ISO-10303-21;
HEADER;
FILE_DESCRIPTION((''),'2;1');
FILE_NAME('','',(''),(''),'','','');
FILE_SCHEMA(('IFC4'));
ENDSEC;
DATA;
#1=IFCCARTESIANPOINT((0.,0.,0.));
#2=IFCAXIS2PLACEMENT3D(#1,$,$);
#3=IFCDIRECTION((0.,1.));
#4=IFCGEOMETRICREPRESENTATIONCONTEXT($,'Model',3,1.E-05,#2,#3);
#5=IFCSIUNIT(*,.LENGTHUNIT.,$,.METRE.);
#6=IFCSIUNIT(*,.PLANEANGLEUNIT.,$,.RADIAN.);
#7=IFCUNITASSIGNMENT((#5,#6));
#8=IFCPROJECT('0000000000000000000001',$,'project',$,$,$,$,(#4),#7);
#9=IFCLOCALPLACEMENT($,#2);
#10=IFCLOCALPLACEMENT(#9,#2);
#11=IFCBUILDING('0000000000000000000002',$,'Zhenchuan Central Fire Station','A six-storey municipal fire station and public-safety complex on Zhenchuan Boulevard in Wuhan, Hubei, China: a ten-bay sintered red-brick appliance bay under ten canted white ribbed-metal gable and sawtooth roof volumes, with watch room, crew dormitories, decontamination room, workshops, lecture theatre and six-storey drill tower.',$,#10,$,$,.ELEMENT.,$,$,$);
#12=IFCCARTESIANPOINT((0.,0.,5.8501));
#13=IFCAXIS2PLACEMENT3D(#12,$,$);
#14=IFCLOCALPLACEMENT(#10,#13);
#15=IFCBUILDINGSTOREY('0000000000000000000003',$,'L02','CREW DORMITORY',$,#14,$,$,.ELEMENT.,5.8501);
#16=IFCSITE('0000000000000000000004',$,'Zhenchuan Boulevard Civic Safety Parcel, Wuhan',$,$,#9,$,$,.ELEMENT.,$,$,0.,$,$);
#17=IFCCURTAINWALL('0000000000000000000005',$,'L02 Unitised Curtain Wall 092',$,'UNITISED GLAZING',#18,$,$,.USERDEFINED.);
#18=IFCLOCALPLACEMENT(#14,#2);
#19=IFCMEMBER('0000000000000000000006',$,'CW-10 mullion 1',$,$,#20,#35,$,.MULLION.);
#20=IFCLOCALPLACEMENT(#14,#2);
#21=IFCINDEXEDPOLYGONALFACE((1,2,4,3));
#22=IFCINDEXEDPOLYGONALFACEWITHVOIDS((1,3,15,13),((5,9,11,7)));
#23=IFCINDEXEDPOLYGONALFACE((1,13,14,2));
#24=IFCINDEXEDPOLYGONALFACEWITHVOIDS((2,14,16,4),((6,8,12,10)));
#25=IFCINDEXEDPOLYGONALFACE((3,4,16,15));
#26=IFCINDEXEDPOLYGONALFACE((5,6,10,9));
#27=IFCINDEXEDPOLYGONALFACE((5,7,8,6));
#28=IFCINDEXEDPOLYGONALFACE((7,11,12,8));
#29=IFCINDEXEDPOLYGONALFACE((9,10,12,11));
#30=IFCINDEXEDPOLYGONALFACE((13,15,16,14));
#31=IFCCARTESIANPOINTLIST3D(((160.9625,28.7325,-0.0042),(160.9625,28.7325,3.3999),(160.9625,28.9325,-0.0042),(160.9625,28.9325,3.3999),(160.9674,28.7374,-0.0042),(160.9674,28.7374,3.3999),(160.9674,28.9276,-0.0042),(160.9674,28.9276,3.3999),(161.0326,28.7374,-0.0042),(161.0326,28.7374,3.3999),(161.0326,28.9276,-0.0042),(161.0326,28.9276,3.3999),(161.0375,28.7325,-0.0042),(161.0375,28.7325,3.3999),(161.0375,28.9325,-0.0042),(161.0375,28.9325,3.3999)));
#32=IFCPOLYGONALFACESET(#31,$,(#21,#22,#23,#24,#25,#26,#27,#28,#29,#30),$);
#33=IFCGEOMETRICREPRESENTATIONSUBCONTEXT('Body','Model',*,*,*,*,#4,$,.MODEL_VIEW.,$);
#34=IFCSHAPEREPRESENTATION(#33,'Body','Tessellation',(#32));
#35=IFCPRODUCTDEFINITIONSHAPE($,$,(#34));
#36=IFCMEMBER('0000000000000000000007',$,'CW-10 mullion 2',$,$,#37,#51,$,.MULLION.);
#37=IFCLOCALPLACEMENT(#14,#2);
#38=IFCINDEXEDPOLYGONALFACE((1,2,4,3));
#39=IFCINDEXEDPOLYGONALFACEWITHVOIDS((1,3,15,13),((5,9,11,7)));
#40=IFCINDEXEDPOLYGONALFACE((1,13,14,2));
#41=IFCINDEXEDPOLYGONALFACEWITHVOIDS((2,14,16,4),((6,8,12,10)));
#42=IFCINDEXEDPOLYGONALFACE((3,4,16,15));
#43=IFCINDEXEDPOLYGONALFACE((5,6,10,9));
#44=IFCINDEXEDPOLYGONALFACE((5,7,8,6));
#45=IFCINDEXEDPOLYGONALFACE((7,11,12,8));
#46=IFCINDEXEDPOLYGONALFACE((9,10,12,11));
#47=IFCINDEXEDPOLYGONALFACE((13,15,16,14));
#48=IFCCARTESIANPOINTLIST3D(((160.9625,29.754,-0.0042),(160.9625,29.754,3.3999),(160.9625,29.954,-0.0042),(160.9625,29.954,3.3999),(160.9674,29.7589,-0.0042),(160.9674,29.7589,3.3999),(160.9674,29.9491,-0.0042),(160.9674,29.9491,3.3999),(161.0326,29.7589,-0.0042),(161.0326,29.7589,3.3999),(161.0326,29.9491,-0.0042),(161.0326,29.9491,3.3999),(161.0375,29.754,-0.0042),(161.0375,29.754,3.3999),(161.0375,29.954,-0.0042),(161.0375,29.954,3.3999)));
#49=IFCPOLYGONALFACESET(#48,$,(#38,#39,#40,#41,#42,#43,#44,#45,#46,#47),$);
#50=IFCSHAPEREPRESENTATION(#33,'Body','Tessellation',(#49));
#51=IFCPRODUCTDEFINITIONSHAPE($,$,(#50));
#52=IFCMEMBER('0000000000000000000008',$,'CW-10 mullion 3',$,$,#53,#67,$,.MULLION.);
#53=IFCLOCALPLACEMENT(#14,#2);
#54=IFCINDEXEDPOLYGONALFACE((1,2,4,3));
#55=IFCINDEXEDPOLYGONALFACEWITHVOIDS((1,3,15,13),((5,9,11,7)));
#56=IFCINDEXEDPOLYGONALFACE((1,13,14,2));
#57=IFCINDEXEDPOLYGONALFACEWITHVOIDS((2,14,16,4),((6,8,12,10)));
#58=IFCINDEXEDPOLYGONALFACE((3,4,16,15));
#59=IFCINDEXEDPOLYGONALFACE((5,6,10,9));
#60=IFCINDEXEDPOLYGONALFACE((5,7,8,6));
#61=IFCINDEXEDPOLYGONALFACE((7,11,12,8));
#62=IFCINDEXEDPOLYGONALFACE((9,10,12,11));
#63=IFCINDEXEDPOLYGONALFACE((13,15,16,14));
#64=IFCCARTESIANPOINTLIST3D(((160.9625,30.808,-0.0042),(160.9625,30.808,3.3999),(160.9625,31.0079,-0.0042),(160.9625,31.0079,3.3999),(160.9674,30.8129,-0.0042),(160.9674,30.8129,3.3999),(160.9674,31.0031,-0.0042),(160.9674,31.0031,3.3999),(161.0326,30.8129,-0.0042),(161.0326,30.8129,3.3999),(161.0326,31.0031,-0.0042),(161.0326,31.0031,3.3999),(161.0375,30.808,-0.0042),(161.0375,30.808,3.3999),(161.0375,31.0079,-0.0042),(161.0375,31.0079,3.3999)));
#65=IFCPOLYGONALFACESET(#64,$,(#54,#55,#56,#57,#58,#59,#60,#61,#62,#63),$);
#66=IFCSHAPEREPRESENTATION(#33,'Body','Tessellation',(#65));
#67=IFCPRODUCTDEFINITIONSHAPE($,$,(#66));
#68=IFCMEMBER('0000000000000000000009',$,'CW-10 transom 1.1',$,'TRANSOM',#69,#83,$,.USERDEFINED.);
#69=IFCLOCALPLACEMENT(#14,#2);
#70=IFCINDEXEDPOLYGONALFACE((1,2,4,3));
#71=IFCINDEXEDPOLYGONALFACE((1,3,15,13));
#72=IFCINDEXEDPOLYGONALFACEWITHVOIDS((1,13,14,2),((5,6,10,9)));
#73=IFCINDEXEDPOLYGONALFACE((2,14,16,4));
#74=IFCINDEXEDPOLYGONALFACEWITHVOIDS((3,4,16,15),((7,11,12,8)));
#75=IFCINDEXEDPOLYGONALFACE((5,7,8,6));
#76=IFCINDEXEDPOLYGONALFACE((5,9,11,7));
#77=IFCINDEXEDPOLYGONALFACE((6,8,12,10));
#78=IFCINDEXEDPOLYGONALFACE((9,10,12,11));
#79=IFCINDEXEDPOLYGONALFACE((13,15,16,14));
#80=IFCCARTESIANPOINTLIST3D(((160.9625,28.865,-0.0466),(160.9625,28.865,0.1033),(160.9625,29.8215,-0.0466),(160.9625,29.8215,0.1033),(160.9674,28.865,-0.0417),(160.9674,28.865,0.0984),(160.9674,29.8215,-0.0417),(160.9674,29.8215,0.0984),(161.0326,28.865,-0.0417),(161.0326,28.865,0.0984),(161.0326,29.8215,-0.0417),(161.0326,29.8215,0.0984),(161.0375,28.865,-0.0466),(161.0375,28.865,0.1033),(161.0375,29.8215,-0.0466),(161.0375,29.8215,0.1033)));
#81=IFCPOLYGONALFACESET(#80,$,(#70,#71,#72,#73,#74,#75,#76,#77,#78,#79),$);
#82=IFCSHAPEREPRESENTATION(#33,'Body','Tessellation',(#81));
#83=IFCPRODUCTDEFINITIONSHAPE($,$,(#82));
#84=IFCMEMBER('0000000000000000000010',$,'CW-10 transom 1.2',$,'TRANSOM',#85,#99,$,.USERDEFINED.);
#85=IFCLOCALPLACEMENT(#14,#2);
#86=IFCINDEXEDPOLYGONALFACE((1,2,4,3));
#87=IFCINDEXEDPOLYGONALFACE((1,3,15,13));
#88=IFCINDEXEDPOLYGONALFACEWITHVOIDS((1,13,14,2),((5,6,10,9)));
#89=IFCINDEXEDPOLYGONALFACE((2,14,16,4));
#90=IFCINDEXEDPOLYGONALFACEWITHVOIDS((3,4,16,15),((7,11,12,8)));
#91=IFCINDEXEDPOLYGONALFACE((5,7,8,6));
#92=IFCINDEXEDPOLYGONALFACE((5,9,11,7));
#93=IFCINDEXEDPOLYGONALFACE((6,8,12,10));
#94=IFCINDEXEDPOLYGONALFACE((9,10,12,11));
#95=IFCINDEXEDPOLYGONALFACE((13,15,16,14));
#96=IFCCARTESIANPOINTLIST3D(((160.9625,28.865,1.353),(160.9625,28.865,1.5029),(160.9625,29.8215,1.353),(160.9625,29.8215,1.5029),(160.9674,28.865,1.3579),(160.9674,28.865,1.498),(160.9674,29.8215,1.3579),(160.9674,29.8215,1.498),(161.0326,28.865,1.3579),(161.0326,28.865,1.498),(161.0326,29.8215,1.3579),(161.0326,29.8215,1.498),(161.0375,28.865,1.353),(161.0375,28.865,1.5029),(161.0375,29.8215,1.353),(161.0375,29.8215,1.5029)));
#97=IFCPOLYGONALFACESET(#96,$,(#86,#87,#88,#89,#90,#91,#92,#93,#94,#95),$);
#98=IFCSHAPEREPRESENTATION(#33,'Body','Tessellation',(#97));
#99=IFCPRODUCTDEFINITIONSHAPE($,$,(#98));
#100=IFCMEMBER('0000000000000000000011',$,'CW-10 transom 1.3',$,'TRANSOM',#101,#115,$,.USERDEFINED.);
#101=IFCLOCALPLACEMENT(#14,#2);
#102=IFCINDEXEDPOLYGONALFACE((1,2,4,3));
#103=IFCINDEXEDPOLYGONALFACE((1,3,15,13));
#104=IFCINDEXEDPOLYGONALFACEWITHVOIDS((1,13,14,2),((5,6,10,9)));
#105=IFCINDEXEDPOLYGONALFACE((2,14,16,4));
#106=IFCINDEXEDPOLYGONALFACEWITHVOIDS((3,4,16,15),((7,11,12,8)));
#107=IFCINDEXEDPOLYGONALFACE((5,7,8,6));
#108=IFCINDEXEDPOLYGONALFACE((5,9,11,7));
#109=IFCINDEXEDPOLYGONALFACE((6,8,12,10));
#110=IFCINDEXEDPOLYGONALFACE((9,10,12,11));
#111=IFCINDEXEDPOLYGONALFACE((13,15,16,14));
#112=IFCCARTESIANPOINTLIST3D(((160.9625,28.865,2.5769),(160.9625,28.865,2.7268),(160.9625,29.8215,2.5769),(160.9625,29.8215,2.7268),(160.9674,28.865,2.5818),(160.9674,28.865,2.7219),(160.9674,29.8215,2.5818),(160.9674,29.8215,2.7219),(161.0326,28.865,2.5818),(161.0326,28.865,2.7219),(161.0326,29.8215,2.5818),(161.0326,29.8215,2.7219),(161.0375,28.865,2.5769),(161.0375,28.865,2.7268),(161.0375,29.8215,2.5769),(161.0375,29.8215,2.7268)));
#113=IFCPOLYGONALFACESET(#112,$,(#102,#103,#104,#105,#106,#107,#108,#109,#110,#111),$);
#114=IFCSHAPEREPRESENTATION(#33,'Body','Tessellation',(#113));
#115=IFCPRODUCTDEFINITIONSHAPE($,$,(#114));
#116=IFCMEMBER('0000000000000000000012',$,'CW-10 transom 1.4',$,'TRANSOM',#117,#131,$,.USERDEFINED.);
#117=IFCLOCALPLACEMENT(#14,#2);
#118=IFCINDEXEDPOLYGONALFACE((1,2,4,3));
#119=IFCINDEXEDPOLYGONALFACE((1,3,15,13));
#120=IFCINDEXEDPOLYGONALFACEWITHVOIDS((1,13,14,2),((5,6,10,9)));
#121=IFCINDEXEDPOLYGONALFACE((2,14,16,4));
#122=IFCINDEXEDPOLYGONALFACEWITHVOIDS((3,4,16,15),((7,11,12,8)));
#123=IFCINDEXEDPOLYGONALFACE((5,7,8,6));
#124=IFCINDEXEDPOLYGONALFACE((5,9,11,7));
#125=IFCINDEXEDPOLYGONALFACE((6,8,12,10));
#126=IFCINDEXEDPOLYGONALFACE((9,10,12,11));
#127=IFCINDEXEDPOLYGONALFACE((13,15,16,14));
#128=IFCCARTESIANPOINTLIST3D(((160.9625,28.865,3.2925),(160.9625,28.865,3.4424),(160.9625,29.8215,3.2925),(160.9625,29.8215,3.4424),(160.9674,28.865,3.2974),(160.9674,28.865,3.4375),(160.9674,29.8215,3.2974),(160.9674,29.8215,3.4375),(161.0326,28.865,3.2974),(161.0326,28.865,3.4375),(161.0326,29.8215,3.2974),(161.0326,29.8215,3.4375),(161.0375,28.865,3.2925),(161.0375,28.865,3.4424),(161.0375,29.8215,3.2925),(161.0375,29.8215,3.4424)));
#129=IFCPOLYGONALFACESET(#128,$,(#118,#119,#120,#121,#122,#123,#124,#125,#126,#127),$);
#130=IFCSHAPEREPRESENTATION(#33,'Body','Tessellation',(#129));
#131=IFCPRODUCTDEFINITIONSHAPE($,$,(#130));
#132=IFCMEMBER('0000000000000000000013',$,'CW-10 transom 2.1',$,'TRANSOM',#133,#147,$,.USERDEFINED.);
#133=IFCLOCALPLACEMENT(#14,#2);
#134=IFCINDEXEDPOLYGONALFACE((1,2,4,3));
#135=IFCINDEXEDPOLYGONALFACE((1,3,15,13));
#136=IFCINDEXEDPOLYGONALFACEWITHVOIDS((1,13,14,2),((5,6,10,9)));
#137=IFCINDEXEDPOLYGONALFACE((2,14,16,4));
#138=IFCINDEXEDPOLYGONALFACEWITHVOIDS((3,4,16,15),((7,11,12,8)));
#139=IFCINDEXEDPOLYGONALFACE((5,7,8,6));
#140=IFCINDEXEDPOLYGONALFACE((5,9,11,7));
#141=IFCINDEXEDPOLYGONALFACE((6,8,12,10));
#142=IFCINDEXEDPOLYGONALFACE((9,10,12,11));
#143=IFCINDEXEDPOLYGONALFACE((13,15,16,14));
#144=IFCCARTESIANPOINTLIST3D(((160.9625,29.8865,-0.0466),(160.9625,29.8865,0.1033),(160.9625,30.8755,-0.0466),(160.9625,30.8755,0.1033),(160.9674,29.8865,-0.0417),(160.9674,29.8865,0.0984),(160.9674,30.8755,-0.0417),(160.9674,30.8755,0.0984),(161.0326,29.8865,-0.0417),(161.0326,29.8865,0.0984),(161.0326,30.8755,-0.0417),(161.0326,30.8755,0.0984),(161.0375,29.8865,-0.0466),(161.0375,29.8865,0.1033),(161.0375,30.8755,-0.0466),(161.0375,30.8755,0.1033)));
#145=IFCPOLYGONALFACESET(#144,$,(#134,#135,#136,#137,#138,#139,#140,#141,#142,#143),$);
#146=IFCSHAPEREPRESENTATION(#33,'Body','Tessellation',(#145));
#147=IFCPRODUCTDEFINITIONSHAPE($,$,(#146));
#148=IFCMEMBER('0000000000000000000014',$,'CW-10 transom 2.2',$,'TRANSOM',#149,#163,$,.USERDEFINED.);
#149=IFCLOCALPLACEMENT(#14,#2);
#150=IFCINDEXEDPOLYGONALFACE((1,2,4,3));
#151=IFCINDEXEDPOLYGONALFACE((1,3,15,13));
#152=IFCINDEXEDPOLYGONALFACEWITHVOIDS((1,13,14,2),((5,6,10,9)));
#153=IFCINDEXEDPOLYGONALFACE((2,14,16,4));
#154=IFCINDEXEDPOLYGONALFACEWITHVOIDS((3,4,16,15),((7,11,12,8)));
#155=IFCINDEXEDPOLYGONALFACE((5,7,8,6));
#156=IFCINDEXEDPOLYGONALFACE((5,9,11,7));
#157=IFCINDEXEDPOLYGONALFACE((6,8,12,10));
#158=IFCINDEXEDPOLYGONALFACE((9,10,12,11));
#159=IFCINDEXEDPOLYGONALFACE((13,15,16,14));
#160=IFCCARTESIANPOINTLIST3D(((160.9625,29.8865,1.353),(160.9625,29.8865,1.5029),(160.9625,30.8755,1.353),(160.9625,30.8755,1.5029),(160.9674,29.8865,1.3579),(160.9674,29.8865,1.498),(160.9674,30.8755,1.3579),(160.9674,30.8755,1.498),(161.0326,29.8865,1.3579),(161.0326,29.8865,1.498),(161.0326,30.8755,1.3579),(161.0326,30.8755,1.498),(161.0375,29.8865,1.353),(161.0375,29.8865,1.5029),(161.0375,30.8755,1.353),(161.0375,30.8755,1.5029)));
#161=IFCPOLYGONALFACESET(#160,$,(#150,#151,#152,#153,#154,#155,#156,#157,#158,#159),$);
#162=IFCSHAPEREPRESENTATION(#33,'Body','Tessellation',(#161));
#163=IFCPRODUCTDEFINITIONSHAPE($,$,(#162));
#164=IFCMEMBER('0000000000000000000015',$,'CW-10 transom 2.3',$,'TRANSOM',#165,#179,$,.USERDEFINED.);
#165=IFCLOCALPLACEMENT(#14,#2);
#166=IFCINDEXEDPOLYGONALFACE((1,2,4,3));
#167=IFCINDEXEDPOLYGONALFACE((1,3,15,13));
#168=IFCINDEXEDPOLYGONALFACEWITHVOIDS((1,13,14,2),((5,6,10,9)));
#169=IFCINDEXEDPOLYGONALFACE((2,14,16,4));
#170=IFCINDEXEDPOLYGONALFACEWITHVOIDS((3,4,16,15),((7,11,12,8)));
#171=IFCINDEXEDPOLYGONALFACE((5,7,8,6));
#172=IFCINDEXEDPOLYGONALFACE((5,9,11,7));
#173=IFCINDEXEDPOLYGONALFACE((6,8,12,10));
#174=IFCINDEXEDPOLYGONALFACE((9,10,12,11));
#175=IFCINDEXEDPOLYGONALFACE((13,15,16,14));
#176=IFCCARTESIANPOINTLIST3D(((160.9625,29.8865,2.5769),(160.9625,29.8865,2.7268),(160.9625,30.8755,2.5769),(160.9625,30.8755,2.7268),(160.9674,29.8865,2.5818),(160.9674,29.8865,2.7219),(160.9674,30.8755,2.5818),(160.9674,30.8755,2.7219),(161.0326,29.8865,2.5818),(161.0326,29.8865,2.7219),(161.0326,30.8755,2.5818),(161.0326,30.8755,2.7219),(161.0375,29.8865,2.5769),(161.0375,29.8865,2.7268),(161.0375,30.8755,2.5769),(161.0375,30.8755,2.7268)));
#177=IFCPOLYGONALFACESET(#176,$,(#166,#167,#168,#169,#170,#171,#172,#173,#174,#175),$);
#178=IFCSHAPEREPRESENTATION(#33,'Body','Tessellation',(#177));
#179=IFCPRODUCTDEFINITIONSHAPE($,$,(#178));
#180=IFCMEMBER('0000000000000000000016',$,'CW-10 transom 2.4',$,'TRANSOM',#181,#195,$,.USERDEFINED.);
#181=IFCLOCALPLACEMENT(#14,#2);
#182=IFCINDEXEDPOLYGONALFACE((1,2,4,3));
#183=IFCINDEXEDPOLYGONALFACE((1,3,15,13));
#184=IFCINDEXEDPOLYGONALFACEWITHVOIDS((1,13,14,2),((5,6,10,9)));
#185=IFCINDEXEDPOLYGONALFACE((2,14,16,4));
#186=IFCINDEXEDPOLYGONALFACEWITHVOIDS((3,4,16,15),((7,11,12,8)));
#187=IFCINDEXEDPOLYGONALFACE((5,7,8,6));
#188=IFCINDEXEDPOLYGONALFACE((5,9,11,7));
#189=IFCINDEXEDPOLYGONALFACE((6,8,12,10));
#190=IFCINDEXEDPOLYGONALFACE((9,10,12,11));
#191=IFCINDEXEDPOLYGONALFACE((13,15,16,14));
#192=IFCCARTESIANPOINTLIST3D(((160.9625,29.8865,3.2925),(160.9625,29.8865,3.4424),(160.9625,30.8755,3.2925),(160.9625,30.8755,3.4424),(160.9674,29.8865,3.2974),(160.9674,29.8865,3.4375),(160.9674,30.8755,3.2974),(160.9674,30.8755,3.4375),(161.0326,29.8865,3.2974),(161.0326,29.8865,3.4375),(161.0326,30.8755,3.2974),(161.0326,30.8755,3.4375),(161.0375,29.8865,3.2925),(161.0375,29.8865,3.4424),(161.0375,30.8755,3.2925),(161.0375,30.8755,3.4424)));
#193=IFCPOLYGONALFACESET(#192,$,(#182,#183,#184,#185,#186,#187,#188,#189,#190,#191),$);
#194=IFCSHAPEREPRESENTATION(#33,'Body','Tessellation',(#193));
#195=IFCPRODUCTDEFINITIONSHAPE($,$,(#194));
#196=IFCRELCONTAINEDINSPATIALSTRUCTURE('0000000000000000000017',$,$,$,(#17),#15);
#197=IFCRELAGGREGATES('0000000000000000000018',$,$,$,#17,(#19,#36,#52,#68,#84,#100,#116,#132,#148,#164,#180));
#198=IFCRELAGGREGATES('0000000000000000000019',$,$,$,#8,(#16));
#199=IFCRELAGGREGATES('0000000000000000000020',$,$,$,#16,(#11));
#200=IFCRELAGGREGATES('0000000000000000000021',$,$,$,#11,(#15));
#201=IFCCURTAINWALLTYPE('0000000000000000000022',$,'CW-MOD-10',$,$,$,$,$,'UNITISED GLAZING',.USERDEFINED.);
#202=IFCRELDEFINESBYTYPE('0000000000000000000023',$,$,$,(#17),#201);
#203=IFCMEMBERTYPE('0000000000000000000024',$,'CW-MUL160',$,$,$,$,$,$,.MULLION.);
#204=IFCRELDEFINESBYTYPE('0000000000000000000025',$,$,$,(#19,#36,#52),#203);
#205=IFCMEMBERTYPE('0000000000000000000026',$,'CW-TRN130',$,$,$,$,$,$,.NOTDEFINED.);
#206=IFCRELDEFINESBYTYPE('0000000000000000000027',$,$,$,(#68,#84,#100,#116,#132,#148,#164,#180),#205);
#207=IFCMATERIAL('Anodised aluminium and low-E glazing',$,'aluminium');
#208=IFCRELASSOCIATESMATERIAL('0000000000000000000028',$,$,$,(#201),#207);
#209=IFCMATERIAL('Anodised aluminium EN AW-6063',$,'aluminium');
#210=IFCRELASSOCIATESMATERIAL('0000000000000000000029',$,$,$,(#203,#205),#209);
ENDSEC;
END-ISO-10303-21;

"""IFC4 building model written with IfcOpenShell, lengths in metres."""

from ifc_helpers import new_model, si_unit, direction, frame, origin, origin_2d, place, context, subcontext, project, spatial, hollow_rectangle, extrude, material, material_profile, profile_set, type_object, element, aggregate, save


model = new_model("IFC4")

# Units and contexts
model_context = context("Model", 3, precision=1e-05, world=origin(), true_north=direction((0.0, 1.0)))
body_context = subcontext(model_context, "Body", "Model", "MODEL_VIEW")
ifc_project = project(units=[si_unit("LENGTHUNIT", "METRE"), si_unit("PLANEANGLEUNIT", "RADIAN")], contexts=[model_context])

# Site, building, storey
site_placement = place(None, origin())
site = spatial("IfcSite", under=ifc_project, at=site_placement, Name="Zhenchuan Boulevard Civic Safety Parcel, Wuhan", CompositionType="ELEMENT", RefElevation=0.0)
building_placement = place(site_placement, origin())
building = spatial("IfcBuilding", under=site, at=building_placement, Name="Zhenchuan Central Fire Station", Description="A six-storey municipal fire station and public-safety complex on Zhenchuan Boulevard in Wuhan, Hubei, China: a ten-bay sintered red-brick appliance bay under ten canted white ribbed-metal gable and sawtooth roof volumes, with watch room, crew dormitories, decontamination room, workshops, lecture theatre and six-storey drill tower.", CompositionType="ELEMENT")
storey_placement = place(building_placement, frame((0.0, 0.0, 5.8501)))
storey = spatial("IfcBuildingStorey", under=building, at=storey_placement, Name="L02", Description="CREW DORMITORY", CompositionType="ELEMENT", Elevation=5.8501)

# Curtain wall, members
ifc_material_1 = material(Name="Anodised aluminium and low-E glazing", Category="aluminium")
curtain_wall_type = type_object("IfcCurtainWallType", Name="CW-MOD-10", ElementType="UNITISED GLAZING", PredefinedType="USERDEFINED", material=ifc_material_1)
curtain_wall_placement = place(storey_placement, origin())
curtain_wall = element("IfcCurtainWall", 1, at=curtain_wall_placement, inside=storey, type_object=curtain_wall_type, Name="L02 Unitised Curtain Wall 092", ObjectType="UNITISED GLAZING", PredefinedType="USERDEFINED")
ifc_material_2 = material(Name="Anodised aluminium EN AW-6063", Category="aluminium")
ifc_material_profile_1 = material_profile(ifc_material_2, hollow_rectangle(XDim=0.075, YDim=0.2, WallThickness=0.0049, at=origin_2d()), Name="ALU-M 200x75")
ifc_profile_set_1 = profile_set([ifc_material_profile_1], Name="Anodised aluminium EN AW-6063")
member_type_1 = type_object("IfcMemberType", Name="CW-MUL160", PredefinedType="MULLION", material=ifc_profile_set_1)
member_1_placement = place(storey_placement, frame((161.0, 28.8325, -0.0042), z_axis=(0.0, 0.0, 1.0), x_axis=(-1.0, 0.0, 0.0)))
member_1 = element("IfcMember", 2, at=member_1_placement, type_object=member_type_1, Name="CW-10 mullion 1", PredefinedType="MULLION", context=body_context, shape_type="SweptSolid", body=[
    extrude(hollow_rectangle(XDim=0.075, YDim=0.2, WallThickness=0.0049, at=origin_2d()), origin(), (0.0, 0.0, 1.0), 3.4041),
])
member_2_placement = place(storey_placement, frame((161.0, 29.854, -0.0042), z_axis=(0.0, 0.0, 1.0), x_axis=(-1.0, 0.0, 0.0)))
member_2 = element("IfcMember", 3, at=member_2_placement, type_object=member_type_1, Name="CW-10 mullion 2", PredefinedType="MULLION", context=body_context, shape_type="SweptSolid", body=[
    extrude(hollow_rectangle(XDim=0.075, YDim=0.2, WallThickness=0.0049, at=origin_2d()), origin(), (0.0, 0.0, 1.0), 3.4041),
])
member_3_placement = place(storey_placement, frame((161.0, 30.908, -0.0042), z_axis=(0.0, 0.0, 1.0), x_axis=(-1.0, 0.0, 0.0)))
member_3 = element("IfcMember", 4, at=member_3_placement, type_object=member_type_1, Name="CW-10 mullion 3", PredefinedType="MULLION", context=body_context, shape_type="SweptSolid", body=[
    extrude(hollow_rectangle(XDim=0.075, YDim=0.2, WallThickness=0.0049, at=origin_2d()), origin(), (0.0, 0.0, 1.0), 3.4041),
])
ifc_material_profile_2 = material_profile(ifc_material_2, hollow_rectangle(XDim=0.075, YDim=0.1499, WallThickness=0.0049, at=origin_2d()), Name="ALU-T 150x75")
ifc_profile_set_2 = profile_set([ifc_material_profile_2], Name="Anodised aluminium EN AW-6063")
member_type_2 = type_object("IfcMemberType", Name="CW-TRN130", PredefinedType="NOTDEFINED", material=ifc_profile_set_2)
member_4_placement = place(storey_placement, frame((161.0, 28.865, 0.0283), z_axis=(0.0, 1.0, 0.0), x_axis=(-1.0, 0.0, 0.0)))
member_4 = element("IfcMember", 5, at=member_4_placement, type_object=member_type_2, Name="CW-10 transom 1.1", ObjectType="TRANSOM", PredefinedType="USERDEFINED", context=body_context, shape_type="SweptSolid", body=[
    extrude(hollow_rectangle(XDim=0.075, YDim=0.1499, WallThickness=0.0049, at=origin_2d()), origin(), (0.0, 0.0, 1.0), 0.9565),
])
member_5_placement = place(storey_placement, frame((161.0, 28.865, 1.428), z_axis=(0.0, 1.0, 0.0), x_axis=(-1.0, 0.0, 0.0)))
member_5 = element("IfcMember", 6, at=member_5_placement, type_object=member_type_2, Name="CW-10 transom 1.2", ObjectType="TRANSOM", PredefinedType="USERDEFINED", context=body_context, shape_type="SweptSolid", body=[
    extrude(hollow_rectangle(XDim=0.075, YDim=0.1499, WallThickness=0.0049, at=origin_2d()), origin(), (0.0, 0.0, 1.0), 0.9565),
])
member_6_placement = place(storey_placement, frame((161.0, 28.865, 2.6519), z_axis=(0.0, 1.0, 0.0), x_axis=(-1.0, 0.0, 0.0)))
member_6 = element("IfcMember", 7, at=member_6_placement, type_object=member_type_2, Name="CW-10 transom 1.3", ObjectType="TRANSOM", PredefinedType="USERDEFINED", context=body_context, shape_type="SweptSolid", body=[
    extrude(hollow_rectangle(XDim=0.075, YDim=0.1499, WallThickness=0.0049, at=origin_2d()), origin(), (0.0, 0.0, 1.0), 0.9565),
])
member_7_placement = place(storey_placement, frame((161.0, 28.865, 3.3674), z_axis=(0.0, 1.0, 0.0), x_axis=(-1.0, 0.0, 0.0)))
member_7 = element("IfcMember", 8, at=member_7_placement, type_object=member_type_2, Name="CW-10 transom 1.4", ObjectType="TRANSOM", PredefinedType="USERDEFINED", context=body_context, shape_type="SweptSolid", body=[
    extrude(hollow_rectangle(XDim=0.075, YDim=0.1499, WallThickness=0.0049, at=origin_2d()), origin(), (0.0, 0.0, 1.0), 0.9565),
])
member_8_placement = place(storey_placement, frame((161.0, 29.8865, 0.0283), z_axis=(0.0, 1.0, 0.0), x_axis=(-1.0, 0.0, 0.0)))
member_8 = element("IfcMember", 9, at=member_8_placement, type_object=member_type_2, Name="CW-10 transom 2.1", ObjectType="TRANSOM", PredefinedType="USERDEFINED", context=body_context, shape_type="SweptSolid", body=[
    extrude(hollow_rectangle(XDim=0.075, YDim=0.1499, WallThickness=0.0049, at=origin_2d()), origin(), (0.0, 0.0, 1.0), 0.989),
])
member_9_placement = place(storey_placement, frame((161.0, 29.8865, 1.428), z_axis=(0.0, 1.0, 0.0), x_axis=(-1.0, 0.0, 0.0)))
member_9 = element("IfcMember", 10, at=member_9_placement, type_object=member_type_2, Name="CW-10 transom 2.2", ObjectType="TRANSOM", PredefinedType="USERDEFINED", context=body_context, shape_type="SweptSolid", body=[
    extrude(hollow_rectangle(XDim=0.075, YDim=0.1499, WallThickness=0.0049, at=origin_2d()), origin(), (0.0, 0.0, 1.0), 0.989),
])
member_10_placement = place(storey_placement, frame((161.0, 29.8865, 2.6519), z_axis=(0.0, 1.0, 0.0), x_axis=(-1.0, 0.0, 0.0)))
member_10 = element("IfcMember", 11, at=member_10_placement, type_object=member_type_2, Name="CW-10 transom 2.3", ObjectType="TRANSOM", PredefinedType="USERDEFINED", context=body_context, shape_type="SweptSolid", body=[
    extrude(hollow_rectangle(XDim=0.075, YDim=0.1499, WallThickness=0.0049, at=origin_2d()), origin(), (0.0, 0.0, 1.0), 0.989),
])
member_11_placement = place(storey_placement, frame((161.0, 29.8865, 3.3674), z_axis=(0.0, 1.0, 0.0), x_axis=(-1.0, 0.0, 0.0)))
member_11 = element("IfcMember", 12, at=member_11_placement, type_object=member_type_2, Name="CW-10 transom 2.4", ObjectType="TRANSOM", PredefinedType="USERDEFINED", context=body_context, shape_type="SweptSolid", body=[
    extrude(hollow_rectangle(XDim=0.075, YDim=0.1499, WallThickness=0.0049, at=origin_2d()), origin(), (0.0, 0.0, 1.0), 0.989),
])

aggregate(curtain_wall, [member_1, member_2, member_3, member_4, member_5, member_6, member_7, member_8, member_9, member_10, member_11])

save(model, "model.ifc")
